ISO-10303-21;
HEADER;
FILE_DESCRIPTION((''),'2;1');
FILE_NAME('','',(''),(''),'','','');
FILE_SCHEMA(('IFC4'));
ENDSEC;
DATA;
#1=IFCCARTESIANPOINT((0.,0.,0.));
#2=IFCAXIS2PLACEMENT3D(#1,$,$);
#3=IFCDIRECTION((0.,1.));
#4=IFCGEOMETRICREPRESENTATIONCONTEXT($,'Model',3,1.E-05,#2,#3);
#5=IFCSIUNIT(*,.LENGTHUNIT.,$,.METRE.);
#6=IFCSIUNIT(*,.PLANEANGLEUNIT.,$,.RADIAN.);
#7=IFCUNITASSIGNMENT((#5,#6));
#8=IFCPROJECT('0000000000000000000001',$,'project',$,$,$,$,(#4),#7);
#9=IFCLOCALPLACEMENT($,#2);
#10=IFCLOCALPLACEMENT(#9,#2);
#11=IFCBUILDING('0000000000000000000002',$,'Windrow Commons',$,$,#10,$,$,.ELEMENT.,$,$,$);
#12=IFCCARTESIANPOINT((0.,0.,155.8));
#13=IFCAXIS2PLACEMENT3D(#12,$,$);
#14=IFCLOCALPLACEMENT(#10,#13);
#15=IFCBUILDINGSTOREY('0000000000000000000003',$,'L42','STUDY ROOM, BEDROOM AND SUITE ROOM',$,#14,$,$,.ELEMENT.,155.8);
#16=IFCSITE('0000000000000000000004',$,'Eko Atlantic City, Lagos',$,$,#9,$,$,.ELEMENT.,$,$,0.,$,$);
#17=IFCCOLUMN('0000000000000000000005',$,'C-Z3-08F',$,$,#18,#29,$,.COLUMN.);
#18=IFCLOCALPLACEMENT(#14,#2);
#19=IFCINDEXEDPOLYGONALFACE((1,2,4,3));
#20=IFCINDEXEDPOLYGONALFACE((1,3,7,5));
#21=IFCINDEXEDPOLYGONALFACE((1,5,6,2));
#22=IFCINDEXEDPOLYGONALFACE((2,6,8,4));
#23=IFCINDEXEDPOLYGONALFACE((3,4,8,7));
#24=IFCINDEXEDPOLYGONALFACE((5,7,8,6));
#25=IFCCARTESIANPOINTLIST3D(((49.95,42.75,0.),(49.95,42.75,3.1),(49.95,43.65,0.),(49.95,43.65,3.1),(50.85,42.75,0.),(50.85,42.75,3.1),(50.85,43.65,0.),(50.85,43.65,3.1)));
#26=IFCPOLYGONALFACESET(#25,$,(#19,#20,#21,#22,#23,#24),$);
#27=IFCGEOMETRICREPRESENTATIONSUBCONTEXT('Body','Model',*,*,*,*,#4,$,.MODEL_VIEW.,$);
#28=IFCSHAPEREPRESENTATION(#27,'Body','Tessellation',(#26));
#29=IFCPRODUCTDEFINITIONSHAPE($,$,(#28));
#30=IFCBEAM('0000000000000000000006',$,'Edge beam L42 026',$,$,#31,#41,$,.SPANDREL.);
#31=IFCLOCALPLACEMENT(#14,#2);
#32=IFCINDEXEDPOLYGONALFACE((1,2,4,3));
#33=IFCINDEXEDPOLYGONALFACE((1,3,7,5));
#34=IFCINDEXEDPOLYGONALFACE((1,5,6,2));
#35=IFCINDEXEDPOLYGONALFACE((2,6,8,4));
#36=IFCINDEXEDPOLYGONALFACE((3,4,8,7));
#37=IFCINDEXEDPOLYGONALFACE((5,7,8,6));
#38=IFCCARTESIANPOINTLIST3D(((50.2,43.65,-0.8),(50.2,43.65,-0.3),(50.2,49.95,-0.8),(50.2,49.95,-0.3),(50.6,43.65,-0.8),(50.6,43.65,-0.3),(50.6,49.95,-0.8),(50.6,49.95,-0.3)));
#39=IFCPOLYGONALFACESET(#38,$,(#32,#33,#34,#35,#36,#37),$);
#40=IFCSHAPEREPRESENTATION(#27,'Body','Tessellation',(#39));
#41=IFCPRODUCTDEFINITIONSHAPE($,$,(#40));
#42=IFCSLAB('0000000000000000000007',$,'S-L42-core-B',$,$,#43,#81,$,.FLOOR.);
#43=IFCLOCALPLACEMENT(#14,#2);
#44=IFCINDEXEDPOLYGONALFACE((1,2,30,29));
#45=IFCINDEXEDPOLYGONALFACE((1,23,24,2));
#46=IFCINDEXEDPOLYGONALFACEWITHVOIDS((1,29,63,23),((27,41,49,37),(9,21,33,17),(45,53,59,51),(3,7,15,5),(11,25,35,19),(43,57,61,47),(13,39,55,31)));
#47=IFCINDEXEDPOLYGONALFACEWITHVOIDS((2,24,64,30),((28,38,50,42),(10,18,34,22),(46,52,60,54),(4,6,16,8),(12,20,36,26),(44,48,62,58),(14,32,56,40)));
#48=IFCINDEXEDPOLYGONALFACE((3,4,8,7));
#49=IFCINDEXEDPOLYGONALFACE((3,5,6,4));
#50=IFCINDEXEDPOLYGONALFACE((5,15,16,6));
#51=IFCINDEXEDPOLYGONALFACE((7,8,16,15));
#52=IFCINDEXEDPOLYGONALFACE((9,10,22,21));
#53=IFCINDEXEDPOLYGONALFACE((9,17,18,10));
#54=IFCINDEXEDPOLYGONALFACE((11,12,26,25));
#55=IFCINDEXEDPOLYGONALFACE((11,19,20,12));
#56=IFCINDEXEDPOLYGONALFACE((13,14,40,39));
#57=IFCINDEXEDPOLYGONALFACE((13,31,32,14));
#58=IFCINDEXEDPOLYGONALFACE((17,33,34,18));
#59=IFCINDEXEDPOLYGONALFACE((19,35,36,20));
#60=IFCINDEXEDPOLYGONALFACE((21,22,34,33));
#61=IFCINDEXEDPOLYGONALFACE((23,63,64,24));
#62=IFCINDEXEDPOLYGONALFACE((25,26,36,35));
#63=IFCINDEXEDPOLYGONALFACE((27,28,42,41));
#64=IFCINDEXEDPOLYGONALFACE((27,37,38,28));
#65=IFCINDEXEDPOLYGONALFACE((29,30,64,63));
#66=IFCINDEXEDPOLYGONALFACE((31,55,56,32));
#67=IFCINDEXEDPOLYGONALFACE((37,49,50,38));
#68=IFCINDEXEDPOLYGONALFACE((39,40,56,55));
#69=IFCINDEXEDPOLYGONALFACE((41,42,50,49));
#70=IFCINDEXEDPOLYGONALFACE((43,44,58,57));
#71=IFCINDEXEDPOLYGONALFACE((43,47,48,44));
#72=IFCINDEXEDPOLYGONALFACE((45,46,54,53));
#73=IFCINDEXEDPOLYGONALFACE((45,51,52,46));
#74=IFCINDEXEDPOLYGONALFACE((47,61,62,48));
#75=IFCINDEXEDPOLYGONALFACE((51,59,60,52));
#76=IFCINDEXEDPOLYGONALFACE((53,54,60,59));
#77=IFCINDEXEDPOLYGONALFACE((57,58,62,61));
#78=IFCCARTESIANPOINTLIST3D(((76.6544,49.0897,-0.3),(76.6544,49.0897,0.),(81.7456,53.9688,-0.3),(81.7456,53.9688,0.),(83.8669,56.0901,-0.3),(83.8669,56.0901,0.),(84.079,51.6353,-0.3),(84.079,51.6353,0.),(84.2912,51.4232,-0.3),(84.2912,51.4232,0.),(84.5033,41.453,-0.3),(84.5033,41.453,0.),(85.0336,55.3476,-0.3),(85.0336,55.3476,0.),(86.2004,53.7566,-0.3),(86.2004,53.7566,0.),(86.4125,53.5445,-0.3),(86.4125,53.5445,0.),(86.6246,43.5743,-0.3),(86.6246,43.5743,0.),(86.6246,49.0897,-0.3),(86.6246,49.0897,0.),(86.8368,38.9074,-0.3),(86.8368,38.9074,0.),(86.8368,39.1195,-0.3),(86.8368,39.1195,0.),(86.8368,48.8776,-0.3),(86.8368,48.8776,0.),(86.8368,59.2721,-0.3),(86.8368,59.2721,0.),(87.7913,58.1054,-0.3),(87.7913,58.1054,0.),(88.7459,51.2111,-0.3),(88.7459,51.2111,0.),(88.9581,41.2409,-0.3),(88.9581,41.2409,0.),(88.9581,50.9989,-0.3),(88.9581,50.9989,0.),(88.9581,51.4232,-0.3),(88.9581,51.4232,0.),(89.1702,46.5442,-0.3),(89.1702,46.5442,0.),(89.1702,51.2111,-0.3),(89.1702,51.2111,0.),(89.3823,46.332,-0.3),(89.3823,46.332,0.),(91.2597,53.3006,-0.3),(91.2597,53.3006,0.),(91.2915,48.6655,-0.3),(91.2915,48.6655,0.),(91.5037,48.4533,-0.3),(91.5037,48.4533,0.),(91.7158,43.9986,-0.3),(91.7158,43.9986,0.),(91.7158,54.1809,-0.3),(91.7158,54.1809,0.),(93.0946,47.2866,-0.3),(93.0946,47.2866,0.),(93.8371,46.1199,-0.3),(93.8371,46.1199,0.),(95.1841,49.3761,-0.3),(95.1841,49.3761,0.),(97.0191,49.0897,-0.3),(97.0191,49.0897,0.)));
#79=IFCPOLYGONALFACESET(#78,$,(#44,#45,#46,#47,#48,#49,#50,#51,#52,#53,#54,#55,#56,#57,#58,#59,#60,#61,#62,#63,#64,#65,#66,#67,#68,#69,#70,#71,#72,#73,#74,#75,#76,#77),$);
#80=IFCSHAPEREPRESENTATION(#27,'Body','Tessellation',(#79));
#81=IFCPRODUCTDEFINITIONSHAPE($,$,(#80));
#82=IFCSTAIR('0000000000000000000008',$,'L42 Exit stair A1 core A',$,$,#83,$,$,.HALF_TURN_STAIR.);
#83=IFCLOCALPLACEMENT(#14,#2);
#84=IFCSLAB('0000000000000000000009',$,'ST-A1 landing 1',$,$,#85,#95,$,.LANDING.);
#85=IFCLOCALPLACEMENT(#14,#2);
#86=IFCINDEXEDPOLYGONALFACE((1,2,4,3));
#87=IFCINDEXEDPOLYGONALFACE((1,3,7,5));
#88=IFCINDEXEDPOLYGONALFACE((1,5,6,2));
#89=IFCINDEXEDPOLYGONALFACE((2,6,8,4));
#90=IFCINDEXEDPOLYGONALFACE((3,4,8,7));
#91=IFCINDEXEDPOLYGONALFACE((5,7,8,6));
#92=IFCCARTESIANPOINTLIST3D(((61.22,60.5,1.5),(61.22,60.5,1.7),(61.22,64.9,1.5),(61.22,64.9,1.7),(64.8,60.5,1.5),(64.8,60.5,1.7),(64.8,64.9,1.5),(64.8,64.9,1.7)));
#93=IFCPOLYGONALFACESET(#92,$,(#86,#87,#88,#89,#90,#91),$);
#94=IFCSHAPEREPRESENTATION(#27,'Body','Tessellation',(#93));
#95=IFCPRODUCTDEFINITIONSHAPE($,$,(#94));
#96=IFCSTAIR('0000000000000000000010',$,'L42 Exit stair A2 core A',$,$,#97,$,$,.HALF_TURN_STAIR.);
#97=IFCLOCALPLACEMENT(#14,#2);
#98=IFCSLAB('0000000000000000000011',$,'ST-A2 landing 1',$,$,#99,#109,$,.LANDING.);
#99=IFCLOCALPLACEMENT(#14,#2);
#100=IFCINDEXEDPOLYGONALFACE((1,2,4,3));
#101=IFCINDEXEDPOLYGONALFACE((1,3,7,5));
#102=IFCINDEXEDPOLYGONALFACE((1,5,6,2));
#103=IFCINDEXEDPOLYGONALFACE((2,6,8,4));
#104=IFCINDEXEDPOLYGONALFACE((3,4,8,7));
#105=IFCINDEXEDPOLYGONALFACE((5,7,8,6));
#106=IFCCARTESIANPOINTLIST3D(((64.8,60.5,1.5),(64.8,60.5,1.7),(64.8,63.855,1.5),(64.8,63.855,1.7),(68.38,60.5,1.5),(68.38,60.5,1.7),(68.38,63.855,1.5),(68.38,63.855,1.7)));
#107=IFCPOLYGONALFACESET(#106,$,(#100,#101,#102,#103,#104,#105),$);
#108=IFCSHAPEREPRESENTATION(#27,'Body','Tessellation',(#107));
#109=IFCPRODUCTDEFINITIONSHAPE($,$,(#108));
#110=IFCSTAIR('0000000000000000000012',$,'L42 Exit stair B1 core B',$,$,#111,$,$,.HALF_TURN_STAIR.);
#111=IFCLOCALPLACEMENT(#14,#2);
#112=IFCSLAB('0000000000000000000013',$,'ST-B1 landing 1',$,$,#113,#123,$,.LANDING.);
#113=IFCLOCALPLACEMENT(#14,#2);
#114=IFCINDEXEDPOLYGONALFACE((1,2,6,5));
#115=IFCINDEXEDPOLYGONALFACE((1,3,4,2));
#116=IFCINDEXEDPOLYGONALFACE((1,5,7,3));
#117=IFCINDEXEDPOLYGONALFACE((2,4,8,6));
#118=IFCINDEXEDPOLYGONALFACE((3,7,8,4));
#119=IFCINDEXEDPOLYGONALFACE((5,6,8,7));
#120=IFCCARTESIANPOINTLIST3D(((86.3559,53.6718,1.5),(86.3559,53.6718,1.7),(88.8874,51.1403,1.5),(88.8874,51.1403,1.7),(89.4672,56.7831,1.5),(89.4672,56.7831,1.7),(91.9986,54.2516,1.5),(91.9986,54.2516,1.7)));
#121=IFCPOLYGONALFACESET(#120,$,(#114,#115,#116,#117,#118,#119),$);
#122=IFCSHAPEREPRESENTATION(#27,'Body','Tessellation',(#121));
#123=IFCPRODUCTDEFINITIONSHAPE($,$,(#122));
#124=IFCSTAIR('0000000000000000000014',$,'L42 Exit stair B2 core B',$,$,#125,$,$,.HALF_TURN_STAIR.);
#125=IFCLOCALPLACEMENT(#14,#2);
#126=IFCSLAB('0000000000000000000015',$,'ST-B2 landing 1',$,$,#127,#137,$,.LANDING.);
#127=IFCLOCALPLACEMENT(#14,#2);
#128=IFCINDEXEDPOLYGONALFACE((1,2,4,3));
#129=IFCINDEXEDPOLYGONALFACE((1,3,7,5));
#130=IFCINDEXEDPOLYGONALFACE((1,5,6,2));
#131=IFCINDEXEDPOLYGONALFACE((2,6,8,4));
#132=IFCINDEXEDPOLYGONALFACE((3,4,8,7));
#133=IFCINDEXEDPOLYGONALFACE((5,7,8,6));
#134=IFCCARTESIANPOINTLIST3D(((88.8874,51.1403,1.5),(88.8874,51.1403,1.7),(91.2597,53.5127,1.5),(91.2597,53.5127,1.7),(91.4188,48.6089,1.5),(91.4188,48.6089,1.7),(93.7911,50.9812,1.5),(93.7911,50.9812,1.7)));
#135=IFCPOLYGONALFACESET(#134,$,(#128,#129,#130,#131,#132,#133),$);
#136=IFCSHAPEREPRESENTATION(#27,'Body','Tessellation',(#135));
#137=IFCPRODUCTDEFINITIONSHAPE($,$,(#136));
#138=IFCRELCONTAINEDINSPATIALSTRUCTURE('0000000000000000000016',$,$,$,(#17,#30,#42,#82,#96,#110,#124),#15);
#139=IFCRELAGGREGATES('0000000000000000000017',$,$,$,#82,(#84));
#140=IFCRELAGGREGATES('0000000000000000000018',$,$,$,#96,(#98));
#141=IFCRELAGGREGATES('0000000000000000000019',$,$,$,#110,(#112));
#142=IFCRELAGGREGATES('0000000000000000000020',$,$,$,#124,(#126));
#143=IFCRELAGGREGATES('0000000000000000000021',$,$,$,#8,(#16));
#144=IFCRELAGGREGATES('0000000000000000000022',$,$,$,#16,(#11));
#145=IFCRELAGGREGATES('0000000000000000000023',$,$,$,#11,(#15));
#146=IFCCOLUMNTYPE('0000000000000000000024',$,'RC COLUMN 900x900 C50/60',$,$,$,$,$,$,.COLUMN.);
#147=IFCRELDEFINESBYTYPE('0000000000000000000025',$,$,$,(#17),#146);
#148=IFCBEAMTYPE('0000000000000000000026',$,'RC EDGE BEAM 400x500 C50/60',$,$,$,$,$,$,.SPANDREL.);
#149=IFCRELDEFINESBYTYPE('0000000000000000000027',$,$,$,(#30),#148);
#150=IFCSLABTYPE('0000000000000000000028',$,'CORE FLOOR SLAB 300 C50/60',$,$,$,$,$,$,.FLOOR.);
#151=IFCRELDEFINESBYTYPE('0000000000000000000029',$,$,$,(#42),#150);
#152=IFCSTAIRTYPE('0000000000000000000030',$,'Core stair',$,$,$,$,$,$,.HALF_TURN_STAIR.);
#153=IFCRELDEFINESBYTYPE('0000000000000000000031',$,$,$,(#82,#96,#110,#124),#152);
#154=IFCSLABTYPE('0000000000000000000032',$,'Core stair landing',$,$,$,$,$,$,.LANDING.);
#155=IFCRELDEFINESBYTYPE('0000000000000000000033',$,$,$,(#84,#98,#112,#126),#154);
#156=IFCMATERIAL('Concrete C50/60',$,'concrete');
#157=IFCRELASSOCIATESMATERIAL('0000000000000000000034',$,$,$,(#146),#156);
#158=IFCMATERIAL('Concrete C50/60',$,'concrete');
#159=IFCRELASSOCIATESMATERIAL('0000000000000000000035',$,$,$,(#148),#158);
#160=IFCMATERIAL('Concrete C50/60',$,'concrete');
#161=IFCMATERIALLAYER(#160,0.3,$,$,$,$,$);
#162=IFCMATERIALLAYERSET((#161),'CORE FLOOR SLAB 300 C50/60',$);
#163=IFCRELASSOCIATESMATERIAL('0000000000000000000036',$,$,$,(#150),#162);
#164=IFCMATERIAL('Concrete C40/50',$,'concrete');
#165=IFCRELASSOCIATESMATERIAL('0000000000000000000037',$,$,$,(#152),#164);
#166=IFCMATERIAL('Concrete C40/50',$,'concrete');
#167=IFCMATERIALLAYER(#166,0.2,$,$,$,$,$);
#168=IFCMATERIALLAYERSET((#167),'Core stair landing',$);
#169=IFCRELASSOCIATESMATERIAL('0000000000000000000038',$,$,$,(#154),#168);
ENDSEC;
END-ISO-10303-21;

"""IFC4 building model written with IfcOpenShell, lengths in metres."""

from ifc_helpers import new_model, si_unit, direction, frame, origin, origin_2d, place, context, subcontext, project, spatial, polyline, rectangle, outline, extrude, material, layer, layer_set, material_profile, profile_set, type_object, element, aggregate, save


model = new_model("IFC4")

# Units and contexts
model_context = context("Model", 3, precision=1e-05, world=origin(), true_north=direction((0.0, 1.0)))
body_context = subcontext(model_context, "Body", "Model", "MODEL_VIEW")
ifc_project = project(units=[si_unit("LENGTHUNIT", "METRE"), si_unit("PLANEANGLEUNIT", "RADIAN")], contexts=[model_context])

# Site, building, storey
site_placement = place(None, origin())
site = spatial("IfcSite", under=ifc_project, at=site_placement, Name="Eko Atlantic City, Lagos", CompositionType="ELEMENT", RefElevation=0.0)
building_placement = place(site_placement, origin())
building = spatial("IfcBuilding", under=site, at=building_placement, Name="Windrow Commons", CompositionType="ELEMENT")
storey_placement = place(building_placement, frame((0.0, 0.0, 155.8)))
storey = spatial("IfcBuildingStorey", under=building, at=storey_placement, Name="L42", Description="STUDY ROOM, BEDROOM AND SUITE ROOM", CompositionType="ELEMENT", Elevation=155.8)

# Column
ifc_material_1 = material(Name="Concrete C50/60", Category="concrete")
ifc_material_profile_1 = material_profile(ifc_material_1, rectangle(XDim=0.9, YDim=0.9, at=origin_2d()))
ifc_profile_set_1 = profile_set([ifc_material_profile_1], Name="Concrete C50/60")
column_type = type_object("IfcColumnType", Name="RC COLUMN 900x900 C50/60", PredefinedType="COLUMN", material=ifc_profile_set_1)
column_placement = place(storey_placement, frame((50.4, 43.2, 0.0), z_axis=(0.0, 0.0, 1.0), x_axis=(1.0, 0.0, 0.0)))
element("IfcColumn", 1, at=column_placement, inside=storey, type_object=column_type, Name="C-Z3-08F", PredefinedType="COLUMN", context=body_context, shape_type="SweptSolid", body=[
    extrude(rectangle(XDim=0.9, YDim=0.9, at=origin_2d()), origin(), (0.0, 0.0, 1.0), 3.1),
])

# Beam
ifc_material_2 = material(Name="Concrete C50/60", Category="concrete")
ifc_material_profile_2 = material_profile(ifc_material_2, rectangle(XDim=0.4, YDim=0.5, at=origin_2d()))
ifc_profile_set_2 = profile_set([ifc_material_profile_2], Name="Concrete C50/60")
beam_type = type_object("IfcBeamType", Name="RC EDGE BEAM 400x500 C50/60", PredefinedType="SPANDREL", material=ifc_profile_set_2)
beam_placement = place(storey_placement, frame((50.4, 43.65, -0.55), z_axis=(0.0, 1.0, 0.0), x_axis=(-1.0, 0.0, 0.0)))
element("IfcBeam", 2, at=beam_placement, inside=storey, type_object=beam_type, Name="Edge beam L42 026", PredefinedType="SPANDREL", context=body_context, shape_type="SweptSolid", body=[
    extrude(rectangle(XDim=0.4, YDim=0.5, at=origin_2d()), origin(), (0.0, 0.0, 1.0), 6.3),
])

# Slab, openings
ifc_material_3 = material(Name="Concrete C50/60", Category="concrete")
ifc_layer_1 = layer(ifc_material_3, 0.3)
ifc_layer_set_1 = layer_set([ifc_layer_1], Name="CORE FLOOR SLAB 300 C50/60")
slab_type_1 = type_object("IfcSlabType", Name="CORE FLOOR SLAB 300 C50/60", PredefinedType="FLOOR", material=ifc_layer_set_1)
placement_1 = place(storey_placement, frame((0.0, 0.0, -0.3)))
slab_1 = element("IfcSlab", 3, at=placement_1, inside=storey, type_object=slab_type_1, Name="S-L42-core-B", PredefinedType="FLOOR", context=body_context, shape_type="SweptSolid", body=[
    extrude(outline(polyline([(76.6544, 49.0897), (86.8368, 38.9074), (97.0191, 49.0897), (86.8368, 59.2721), (76.6544, 49.0897)]), holes=[polyline([(84.5033, 41.453), (86.8368, 39.1195), (88.9581, 41.2409), (86.6246, 43.5743), (84.5033, 41.453)]), polyline([(81.7456, 53.9688), (84.079, 51.6353), (86.2004, 53.7566), (83.8669, 56.0901), (81.7456, 53.9688)]), polyline([(84.2912, 51.4232), (86.6246, 49.0897), (88.7459, 51.2111), (86.4125, 53.5445), (84.2912, 51.4232)]), polyline([(86.8368, 48.8776), (89.1702, 46.5442), (91.2915, 48.6655), (88.9581, 50.9989), (86.8368, 48.8776)]), polyline([(89.3823, 46.332), (91.7158, 43.9986), (93.8371, 46.1199), (91.5037, 48.4533), (89.3823, 46.332)]), polyline([(85.0336, 55.3476), (88.9581, 51.4232), (91.7158, 54.1809), (87.7913, 58.1054), (85.0336, 55.3476)]), polyline([(89.1702, 51.2111), (93.0946, 47.2866), (95.1841, 49.3761), (91.2597, 53.3006), (89.1702, 51.2111)])]), origin(), (0.0, 0.0, 1.0), 0.3),
])
opening_1_placement = place(placement_1, origin())
element("IfcOpeningElement", 4, at=opening_1_placement, cuts=slab_1, PredefinedType="OPENING", context=body_context, shape_type="SweptSolid", body=[
    extrude(outline(polyline([(84.5104, 41.453), (86.6246, 43.5672), (88.951, 41.2409), (86.8368, 39.1266), (84.5104, 41.453)])), origin(), (0.0, 0.0, 1.0), 0.3),
])
opening_2_placement = place(placement_1, origin())
element("IfcOpeningElement", 5, at=opening_2_placement, cuts=slab_1, PredefinedType="OPENING", context=body_context, shape_type="SweptSolid", body=[
    extrude(outline(polyline([(81.7527, 53.9688), (83.8669, 56.083), (86.1933, 53.7566), (84.079, 51.6424), (81.7527, 53.9688)])), origin(), (0.0, 0.0, 1.0), 0.3),
])
opening_3_placement = place(placement_1, origin())
element("IfcOpeningElement", 6, at=opening_3_placement, cuts=slab_1, PredefinedType="OPENING", context=body_context, shape_type="SweptSolid", body=[
    extrude(outline(polyline([(84.2983, 51.4232), (86.4125, 53.5374), (88.7388, 51.2111), (86.6246, 49.0968), (84.2983, 51.4232)])), origin(), (0.0, 0.0, 1.0), 0.3),
])
opening_4_placement = place(placement_1, origin())
element("IfcOpeningElement", 7, at=opening_4_placement, cuts=slab_1, PredefinedType="OPENING", context=body_context, shape_type="SweptSolid", body=[
    extrude(outline(polyline([(86.8439, 48.8776), (88.9581, 50.9918), (91.2844, 48.6655), (89.1702, 46.5513), (86.8439, 48.8776)])), origin(), (0.0, 0.0, 1.0), 0.3),
])
opening_5_placement = place(placement_1, origin())
element("IfcOpeningElement", 8, at=opening_5_placement, cuts=slab_1, PredefinedType="OPENING", context=body_context, shape_type="SweptSolid", body=[
    extrude(outline(polyline([(89.3894, 46.332), (91.5037, 48.4462), (93.83, 46.1199), (91.7158, 44.0057), (89.3894, 46.332)])), origin(), (0.0, 0.0, 1.0), 0.3),
])
opening_6_placement = place(placement_1, origin())
element("IfcOpeningElement", 9, at=opening_6_placement, cuts=slab_1, PredefinedType="OPENING", context=body_context, shape_type="SweptSolid", body=[
    extrude(outline(polyline([(85.0407, 55.3476), (87.7913, 58.0983), (91.7087, 54.1809), (88.9581, 51.4303), (85.0407, 55.3476)])), origin(), (0.0, 0.0, 1.0), 0.3),
])
opening_7_placement = place(placement_1, origin())
element("IfcOpeningElement", 10, at=opening_7_placement, cuts=slab_1, PredefinedType="OPENING", context=body_context, shape_type="SweptSolid", body=[
    extrude(outline(polyline([(89.1773, 51.2111), (91.2597, 53.2935), (95.177, 49.3761), (93.0946, 47.2937), (89.1773, 51.2111)])), origin(), (0.0, 0.0, 1.0), 0.3),
])

# Stairs, slabs
ifc_material_4 = material(Name="Concrete C40/50", Category="concrete")
stair_type = type_object("IfcStairType", Name="Core stair", PredefinedType="HALF_TURN_STAIR", material=ifc_material_4)
placement_2 = place(storey_placement, origin())
stair_1 = element("IfcStair", 11, at=placement_2, inside=storey, type_object=stair_type, Name="L42 Exit stair A1 core A", PredefinedType="HALF_TURN_STAIR")
ifc_material_5 = material(Name="Concrete C40/50", Category="concrete")
ifc_layer_2 = layer(ifc_material_5, 0.2)
ifc_layer_set_2 = layer_set([ifc_layer_2], Name="Core stair landing")
slab_type_2 = type_object("IfcSlabType", Name="Core stair landing", PredefinedType="LANDING", material=ifc_layer_set_2)
placement_3 = place(storey_placement, frame((0.0, 0.0, 1.5)))
slab_2 = element("IfcSlab", 12, at=placement_3, type_object=slab_type_2, Name="ST-A1 landing 1", PredefinedType="LANDING", context=body_context, shape_type="SweptSolid", body=[
    extrude(outline(polyline([(61.22, 60.5), (64.8, 60.5), (64.8, 64.9), (61.22, 64.9), (61.22, 60.5)])), origin(), (0.0, 0.0, 1.0), 0.2),
])
aggregate(stair_1, [slab_2])
stair_2 = element("IfcStair", 13, at=placement_2, inside=storey, type_object=stair_type, Name="L42 Exit stair A2 core A", PredefinedType="HALF_TURN_STAIR")
slab_3 = element("IfcSlab", 14, at=placement_3, type_object=slab_type_2, Name="ST-A2 landing 1", PredefinedType="LANDING", context=body_context, shape_type="SweptSolid", body=[
    extrude(outline(polyline([(64.8, 60.5), (68.38, 60.5), (68.38, 63.855), (64.8, 63.855), (64.8, 60.5)])), origin(), (0.0, 0.0, 1.0), 0.2),
])
aggregate(stair_2, [slab_3])
stair_3 = element("IfcStair", 15, at=placement_2, inside=storey, type_object=stair_type, Name="L42 Exit stair B1 core B", PredefinedType="HALF_TURN_STAIR")
slab_4 = element("IfcSlab", 16, at=placement_3, type_object=slab_type_2, Name="ST-B1 landing 1", PredefinedType="LANDING", context=body_context, shape_type="SweptSolid", body=[
    extrude(outline(polyline([(86.3559, 53.6718), (88.8874, 51.1403), (91.9986, 54.2516), (89.4672, 56.7831), (86.3559, 53.6718)])), origin(), (0.0, 0.0, 1.0), 0.2),
])
aggregate(stair_3, [slab_4])
stair_4 = element("IfcStair", 17, at=placement_2, inside=storey, type_object=stair_type, Name="L42 Exit stair B2 core B", PredefinedType="HALF_TURN_STAIR")
slab_5 = element("IfcSlab", 18, at=placement_3, type_object=slab_type_2, Name="ST-B2 landing 1", PredefinedType="LANDING", context=body_context, shape_type="SweptSolid", body=[
    extrude(outline(polyline([(88.8874, 51.1403), (91.4188, 48.6089), (93.7911, 50.9812), (91.2597, 53.5127), (88.8874, 51.1403)])), origin(), (0.0, 0.0, 1.0), 0.2),
])
aggregate(stair_4, [slab_5])

save(model, "model.ifc")
